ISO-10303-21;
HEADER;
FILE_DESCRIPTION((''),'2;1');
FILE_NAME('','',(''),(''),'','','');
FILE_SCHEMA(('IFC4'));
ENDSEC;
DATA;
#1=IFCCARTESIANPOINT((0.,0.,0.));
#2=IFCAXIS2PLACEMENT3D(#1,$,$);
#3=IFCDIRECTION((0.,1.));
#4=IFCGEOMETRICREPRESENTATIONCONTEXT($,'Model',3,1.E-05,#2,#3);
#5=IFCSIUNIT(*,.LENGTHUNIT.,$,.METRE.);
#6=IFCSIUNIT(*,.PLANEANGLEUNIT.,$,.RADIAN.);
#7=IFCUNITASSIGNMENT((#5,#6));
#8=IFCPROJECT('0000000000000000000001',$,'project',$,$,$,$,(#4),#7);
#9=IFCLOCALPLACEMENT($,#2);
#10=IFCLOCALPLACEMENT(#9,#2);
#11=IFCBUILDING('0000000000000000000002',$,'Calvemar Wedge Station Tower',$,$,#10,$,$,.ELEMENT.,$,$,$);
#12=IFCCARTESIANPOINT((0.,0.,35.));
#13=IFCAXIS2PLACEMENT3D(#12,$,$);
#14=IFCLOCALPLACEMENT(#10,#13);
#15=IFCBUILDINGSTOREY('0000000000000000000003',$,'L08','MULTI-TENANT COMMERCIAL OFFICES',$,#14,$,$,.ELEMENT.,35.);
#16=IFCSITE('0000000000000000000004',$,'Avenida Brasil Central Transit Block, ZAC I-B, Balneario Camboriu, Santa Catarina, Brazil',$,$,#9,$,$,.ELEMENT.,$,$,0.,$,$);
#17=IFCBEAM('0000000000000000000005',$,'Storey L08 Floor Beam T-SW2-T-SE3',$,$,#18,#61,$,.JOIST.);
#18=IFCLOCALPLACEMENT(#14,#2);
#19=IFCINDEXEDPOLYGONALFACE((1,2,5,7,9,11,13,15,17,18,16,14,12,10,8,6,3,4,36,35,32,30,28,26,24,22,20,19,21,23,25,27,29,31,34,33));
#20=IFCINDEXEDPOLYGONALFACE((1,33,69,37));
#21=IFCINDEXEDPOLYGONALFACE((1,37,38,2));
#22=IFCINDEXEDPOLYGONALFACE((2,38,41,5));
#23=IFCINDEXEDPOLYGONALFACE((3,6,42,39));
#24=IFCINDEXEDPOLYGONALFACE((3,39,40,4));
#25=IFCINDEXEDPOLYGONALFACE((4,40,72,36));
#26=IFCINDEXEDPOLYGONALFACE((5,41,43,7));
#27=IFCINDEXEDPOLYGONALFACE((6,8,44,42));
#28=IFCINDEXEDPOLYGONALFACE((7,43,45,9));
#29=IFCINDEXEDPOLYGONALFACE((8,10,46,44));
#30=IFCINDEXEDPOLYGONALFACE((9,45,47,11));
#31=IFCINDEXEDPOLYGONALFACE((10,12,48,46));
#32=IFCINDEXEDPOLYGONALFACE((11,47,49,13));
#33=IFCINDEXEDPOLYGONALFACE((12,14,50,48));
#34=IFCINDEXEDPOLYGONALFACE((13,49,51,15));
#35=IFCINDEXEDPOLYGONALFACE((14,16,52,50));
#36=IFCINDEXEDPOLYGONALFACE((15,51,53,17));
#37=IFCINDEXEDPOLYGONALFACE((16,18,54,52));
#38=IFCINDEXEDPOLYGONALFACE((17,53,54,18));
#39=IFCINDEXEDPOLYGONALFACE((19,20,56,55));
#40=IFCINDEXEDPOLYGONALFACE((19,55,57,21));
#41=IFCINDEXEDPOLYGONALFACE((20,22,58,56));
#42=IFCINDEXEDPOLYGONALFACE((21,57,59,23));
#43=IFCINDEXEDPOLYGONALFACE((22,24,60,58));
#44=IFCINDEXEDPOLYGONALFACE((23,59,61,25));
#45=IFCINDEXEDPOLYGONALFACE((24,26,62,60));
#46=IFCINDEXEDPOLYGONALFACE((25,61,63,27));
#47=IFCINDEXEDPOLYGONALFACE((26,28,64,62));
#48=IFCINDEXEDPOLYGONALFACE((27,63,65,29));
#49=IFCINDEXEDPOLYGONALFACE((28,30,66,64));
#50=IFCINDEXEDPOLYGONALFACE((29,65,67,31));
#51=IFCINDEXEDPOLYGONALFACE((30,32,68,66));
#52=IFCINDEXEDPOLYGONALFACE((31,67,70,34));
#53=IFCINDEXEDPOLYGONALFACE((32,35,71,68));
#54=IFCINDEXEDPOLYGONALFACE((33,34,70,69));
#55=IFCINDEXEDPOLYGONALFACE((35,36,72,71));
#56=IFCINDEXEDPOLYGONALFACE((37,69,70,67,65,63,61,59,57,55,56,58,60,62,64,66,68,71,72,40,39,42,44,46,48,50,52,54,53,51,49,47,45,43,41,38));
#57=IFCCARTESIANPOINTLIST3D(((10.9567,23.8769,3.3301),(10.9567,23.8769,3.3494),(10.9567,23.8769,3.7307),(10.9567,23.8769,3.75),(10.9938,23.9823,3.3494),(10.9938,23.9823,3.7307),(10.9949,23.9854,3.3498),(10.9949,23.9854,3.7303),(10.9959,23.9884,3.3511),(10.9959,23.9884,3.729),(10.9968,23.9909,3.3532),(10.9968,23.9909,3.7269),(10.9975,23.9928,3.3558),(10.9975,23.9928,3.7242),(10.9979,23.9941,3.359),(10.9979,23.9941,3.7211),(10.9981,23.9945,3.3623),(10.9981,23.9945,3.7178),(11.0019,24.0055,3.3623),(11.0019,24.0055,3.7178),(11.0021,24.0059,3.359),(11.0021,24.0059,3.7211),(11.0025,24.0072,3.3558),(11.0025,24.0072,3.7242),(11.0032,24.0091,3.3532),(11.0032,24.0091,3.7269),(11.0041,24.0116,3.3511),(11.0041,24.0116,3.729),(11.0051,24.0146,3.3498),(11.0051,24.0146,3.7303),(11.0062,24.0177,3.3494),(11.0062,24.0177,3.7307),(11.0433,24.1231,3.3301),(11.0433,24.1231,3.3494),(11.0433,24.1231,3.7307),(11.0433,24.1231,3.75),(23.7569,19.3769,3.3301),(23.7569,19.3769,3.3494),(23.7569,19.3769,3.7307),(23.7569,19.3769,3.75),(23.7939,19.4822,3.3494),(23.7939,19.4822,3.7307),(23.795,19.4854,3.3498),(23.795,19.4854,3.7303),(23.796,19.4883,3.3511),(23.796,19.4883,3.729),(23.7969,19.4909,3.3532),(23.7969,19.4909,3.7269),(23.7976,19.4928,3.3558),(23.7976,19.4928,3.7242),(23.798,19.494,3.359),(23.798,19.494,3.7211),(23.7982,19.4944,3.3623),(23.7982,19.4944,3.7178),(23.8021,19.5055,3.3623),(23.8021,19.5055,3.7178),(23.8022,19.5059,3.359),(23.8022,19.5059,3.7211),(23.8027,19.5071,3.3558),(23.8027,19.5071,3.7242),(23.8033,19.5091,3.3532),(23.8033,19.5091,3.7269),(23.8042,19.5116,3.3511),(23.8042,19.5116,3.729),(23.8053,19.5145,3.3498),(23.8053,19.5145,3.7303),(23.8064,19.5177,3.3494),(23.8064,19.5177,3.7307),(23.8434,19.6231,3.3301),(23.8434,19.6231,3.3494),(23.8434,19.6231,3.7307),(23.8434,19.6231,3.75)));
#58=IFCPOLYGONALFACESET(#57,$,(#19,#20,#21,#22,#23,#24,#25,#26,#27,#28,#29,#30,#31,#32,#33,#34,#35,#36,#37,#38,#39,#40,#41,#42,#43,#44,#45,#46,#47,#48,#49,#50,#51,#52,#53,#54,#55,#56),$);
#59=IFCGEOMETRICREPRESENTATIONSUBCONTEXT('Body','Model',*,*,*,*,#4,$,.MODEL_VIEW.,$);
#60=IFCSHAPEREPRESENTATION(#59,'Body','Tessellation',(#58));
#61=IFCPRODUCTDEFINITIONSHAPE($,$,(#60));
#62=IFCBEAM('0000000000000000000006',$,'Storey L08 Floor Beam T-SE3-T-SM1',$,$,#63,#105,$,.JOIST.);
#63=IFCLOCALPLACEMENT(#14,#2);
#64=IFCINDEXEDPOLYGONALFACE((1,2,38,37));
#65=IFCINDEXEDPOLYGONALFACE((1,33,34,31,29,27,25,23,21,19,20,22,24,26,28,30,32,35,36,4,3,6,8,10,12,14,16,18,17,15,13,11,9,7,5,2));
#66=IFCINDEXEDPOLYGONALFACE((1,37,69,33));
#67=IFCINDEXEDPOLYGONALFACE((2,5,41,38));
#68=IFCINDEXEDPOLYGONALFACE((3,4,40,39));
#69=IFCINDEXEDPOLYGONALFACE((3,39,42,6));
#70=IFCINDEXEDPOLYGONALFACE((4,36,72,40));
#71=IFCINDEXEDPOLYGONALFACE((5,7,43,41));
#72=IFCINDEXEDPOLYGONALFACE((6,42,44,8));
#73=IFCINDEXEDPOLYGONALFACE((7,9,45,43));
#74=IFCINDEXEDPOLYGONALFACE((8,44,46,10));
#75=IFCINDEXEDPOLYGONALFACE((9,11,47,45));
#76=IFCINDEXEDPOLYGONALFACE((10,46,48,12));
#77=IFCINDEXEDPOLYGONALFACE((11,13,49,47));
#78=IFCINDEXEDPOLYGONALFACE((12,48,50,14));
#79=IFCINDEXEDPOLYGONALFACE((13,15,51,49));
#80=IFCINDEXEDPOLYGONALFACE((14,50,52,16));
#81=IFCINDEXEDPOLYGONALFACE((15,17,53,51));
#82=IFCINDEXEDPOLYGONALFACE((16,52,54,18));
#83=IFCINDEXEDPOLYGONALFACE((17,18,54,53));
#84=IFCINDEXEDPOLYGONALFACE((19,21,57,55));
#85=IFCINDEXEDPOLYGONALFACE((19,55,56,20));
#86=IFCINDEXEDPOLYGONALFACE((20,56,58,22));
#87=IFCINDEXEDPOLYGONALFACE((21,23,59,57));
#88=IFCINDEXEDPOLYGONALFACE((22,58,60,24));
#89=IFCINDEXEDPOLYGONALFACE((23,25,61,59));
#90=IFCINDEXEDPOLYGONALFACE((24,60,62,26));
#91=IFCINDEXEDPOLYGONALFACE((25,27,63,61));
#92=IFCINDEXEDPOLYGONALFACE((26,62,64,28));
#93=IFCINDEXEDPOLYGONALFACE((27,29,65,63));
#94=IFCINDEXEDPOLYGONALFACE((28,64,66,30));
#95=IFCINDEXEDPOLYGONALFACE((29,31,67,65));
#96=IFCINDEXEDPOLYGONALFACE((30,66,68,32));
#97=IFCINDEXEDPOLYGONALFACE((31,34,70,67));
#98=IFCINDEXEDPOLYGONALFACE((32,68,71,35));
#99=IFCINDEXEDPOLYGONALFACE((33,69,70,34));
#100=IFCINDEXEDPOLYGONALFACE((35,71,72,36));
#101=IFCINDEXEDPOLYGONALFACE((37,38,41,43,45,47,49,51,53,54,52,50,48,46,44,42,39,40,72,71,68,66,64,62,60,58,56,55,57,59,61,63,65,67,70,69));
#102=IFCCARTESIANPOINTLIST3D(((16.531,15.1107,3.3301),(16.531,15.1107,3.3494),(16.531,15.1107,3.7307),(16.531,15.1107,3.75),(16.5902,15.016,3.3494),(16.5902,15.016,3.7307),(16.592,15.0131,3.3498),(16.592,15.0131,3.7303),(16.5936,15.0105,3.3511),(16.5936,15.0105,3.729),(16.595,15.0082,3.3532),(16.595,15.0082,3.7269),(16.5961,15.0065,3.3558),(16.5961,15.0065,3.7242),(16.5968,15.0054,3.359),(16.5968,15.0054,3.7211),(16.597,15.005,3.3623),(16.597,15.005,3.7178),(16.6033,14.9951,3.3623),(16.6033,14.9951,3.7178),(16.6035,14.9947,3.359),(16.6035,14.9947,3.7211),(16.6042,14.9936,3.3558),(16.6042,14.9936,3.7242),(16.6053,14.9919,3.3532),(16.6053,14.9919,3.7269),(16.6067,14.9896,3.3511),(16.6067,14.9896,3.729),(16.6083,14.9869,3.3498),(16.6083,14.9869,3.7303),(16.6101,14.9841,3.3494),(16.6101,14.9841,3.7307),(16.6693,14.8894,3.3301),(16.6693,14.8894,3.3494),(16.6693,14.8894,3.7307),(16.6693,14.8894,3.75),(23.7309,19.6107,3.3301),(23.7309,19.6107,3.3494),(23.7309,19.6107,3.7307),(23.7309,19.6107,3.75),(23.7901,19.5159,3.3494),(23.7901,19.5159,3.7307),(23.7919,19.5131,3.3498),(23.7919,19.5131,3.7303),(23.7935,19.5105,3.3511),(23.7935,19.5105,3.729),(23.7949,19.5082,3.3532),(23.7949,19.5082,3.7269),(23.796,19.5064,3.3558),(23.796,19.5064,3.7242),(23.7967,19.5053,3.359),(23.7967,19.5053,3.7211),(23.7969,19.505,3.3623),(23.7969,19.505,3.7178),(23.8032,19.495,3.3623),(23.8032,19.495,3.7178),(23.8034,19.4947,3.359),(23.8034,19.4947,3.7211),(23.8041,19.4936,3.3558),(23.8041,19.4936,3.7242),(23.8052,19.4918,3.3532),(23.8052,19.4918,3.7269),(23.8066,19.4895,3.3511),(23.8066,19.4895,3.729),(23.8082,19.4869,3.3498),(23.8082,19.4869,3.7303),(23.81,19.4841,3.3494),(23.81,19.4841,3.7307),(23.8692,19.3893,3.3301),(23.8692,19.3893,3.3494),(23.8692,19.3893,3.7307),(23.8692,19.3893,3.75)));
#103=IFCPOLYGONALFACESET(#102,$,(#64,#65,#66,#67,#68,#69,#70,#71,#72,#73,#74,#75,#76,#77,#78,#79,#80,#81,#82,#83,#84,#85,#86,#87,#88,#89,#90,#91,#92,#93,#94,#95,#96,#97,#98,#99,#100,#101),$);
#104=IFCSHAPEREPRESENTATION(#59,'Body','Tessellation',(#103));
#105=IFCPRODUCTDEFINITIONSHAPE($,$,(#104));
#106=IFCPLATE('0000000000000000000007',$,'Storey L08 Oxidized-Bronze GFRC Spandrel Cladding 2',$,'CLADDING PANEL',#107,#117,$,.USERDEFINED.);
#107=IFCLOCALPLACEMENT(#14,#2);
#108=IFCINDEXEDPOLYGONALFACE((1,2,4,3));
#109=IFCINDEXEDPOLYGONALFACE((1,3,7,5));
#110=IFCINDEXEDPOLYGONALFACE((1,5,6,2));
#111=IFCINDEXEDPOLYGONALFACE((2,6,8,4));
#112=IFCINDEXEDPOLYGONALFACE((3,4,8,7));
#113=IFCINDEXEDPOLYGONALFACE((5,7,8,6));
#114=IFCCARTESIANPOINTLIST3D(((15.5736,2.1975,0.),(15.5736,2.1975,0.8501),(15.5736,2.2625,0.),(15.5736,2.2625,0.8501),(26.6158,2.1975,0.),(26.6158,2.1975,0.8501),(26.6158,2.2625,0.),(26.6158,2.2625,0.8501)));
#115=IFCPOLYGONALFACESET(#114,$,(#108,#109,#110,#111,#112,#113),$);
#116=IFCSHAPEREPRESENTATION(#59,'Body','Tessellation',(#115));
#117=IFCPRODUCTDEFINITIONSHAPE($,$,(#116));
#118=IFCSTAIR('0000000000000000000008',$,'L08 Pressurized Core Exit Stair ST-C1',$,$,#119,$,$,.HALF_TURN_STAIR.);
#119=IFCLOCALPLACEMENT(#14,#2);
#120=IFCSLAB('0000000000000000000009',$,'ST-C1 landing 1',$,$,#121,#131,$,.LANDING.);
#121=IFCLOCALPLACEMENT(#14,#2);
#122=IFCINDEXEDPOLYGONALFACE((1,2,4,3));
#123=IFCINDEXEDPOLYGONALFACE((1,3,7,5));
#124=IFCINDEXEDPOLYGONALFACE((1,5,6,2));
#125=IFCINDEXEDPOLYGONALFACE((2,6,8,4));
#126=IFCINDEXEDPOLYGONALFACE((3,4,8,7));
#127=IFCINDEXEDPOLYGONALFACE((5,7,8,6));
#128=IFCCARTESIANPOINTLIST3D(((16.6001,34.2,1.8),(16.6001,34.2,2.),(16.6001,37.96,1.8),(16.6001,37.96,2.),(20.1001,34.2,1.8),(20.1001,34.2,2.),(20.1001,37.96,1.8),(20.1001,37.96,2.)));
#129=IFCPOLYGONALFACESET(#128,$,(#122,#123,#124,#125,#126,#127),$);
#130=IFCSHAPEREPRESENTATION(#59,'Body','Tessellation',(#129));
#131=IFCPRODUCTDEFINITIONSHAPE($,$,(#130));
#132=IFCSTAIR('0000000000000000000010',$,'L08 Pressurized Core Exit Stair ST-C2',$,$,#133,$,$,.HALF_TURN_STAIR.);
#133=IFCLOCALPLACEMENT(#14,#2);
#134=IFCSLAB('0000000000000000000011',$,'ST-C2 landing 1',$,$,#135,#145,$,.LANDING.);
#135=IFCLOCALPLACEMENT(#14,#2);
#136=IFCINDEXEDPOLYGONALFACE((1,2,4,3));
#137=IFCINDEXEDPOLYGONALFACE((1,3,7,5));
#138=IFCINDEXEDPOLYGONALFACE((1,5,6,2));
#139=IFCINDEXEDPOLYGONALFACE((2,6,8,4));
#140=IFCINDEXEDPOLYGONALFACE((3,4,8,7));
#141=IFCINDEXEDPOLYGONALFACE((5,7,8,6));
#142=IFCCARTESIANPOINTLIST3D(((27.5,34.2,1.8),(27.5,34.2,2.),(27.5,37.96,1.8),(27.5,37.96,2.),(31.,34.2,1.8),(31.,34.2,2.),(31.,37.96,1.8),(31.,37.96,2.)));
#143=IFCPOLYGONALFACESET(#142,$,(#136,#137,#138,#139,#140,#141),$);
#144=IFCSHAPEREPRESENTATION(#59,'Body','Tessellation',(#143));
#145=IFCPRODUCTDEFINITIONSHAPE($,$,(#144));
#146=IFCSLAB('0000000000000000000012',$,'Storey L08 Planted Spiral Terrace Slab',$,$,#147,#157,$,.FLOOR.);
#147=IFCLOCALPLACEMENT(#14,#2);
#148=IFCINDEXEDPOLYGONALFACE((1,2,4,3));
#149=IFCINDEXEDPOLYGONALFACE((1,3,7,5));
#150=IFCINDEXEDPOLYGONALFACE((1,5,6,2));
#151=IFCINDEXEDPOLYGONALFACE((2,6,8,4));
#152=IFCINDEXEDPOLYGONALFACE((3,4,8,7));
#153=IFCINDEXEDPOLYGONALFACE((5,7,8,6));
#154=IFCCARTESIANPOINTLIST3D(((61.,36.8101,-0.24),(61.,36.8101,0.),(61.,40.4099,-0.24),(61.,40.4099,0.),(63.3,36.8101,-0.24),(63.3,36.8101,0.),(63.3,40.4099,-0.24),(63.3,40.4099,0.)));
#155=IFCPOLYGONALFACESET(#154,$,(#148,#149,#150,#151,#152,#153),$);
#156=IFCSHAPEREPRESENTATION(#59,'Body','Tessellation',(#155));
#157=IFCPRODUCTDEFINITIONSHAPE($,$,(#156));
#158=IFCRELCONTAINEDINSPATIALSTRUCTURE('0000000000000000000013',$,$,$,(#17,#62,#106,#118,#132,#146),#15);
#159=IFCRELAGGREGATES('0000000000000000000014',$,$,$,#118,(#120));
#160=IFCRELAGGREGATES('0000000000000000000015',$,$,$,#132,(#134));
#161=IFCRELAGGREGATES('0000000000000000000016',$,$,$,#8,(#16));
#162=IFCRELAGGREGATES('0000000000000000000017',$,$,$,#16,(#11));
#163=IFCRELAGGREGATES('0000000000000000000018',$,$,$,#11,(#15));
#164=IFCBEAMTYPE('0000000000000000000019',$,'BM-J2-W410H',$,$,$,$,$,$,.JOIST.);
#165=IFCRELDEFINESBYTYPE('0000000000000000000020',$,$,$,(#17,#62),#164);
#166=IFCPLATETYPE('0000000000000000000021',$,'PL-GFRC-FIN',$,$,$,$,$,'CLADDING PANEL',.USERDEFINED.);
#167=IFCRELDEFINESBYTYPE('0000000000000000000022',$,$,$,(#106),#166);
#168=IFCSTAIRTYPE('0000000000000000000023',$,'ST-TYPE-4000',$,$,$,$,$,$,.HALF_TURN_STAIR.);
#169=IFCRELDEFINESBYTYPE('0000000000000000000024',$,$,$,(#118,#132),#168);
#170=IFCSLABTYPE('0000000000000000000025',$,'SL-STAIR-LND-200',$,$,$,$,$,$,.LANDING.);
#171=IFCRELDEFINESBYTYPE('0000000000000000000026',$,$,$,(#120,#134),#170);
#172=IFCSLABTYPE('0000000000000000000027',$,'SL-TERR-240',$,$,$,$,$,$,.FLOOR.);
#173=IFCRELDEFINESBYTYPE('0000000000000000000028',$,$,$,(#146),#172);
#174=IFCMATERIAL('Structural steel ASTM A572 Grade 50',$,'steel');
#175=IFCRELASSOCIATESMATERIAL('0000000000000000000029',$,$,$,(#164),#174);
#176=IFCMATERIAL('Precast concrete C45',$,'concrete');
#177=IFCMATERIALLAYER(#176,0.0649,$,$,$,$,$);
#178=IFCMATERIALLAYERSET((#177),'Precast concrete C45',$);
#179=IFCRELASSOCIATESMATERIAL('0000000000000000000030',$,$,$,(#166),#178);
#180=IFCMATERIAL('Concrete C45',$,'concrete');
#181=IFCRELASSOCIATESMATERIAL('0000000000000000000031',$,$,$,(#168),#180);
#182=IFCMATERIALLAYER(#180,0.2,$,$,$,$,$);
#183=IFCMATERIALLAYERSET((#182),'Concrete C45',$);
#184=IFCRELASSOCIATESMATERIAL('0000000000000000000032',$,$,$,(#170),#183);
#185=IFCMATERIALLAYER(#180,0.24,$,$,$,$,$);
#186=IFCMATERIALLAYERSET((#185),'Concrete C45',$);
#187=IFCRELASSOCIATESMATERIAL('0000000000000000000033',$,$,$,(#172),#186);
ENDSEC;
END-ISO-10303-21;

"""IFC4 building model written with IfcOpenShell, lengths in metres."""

from ifc_helpers import new_model, si_unit, direction, frame, frame_2d, origin, origin_2d, place, context, subcontext, project, spatial, polyline, rectangle, i_section, outline, extrude, source, transform, mapped, material, layer, layer_set, material_profile, profile_set, type_object, element, aggregate, save


model = new_model("IFC4")

# Units and contexts
model_context = context("Model", 3, precision=1e-05, world=origin(), true_north=direction((0.0, 1.0)))
body_context = subcontext(model_context, "Body", "Model", "MODEL_VIEW")
ifc_project = project(units=[si_unit("LENGTHUNIT", "METRE"), si_unit("PLANEANGLEUNIT", "RADIAN")], contexts=[model_context])

# Site, building, storey
site_placement = place(None, origin())
site = spatial("IfcSite", under=ifc_project, at=site_placement, Name="Avenida Brasil Central Transit Block, ZAC I-B, Balneario Camboriu, Santa Catarina, Brazil", CompositionType="ELEMENT", RefElevation=0.0)
building_placement = place(site_placement, origin())
building = spatial("IfcBuilding", under=site, at=building_placement, Name="Calvemar Wedge Station Tower", CompositionType="ELEMENT")
storey_placement = place(building_placement, frame((0.0, 0.0, 35.0)))
storey = spatial("IfcBuildingStorey", under=building, at=storey_placement, Name="L08", Description="MULTI-TENANT COMMERCIAL OFFICES", CompositionType="ELEMENT", Elevation=35.0)

# Beams
ifc_material_1 = material(Name="Structural steel ASTM A572 Grade 50", Category="steel")
ifc_material_profile_1 = material_profile(ifc_material_1, i_section(OverallWidth=0.261, OverallDepth=0.4199, WebThickness=0.0117, FlangeThickness=0.0193, FilletRadius=0.0129, at=origin_2d()), Name="W410x114")
ifc_profile_set_1 = profile_set([ifc_material_profile_1], Name="Structural steel ASTM A572 Grade 50")
beam_type_1 = type_object("IfcBeamType", Name="BM-J2-W410H", PredefinedType="JOIST", material=ifc_profile_set_1)
shared_shape_1 = source(origin(), body_context, "Body", "SweptSolid", [
    extrude(i_section(OverallWidth=0.261, OverallDepth=0.4199, WebThickness=0.0117, FlangeThickness=0.0193, FilletRadius=0.0129, at=origin_2d()), origin(), (0.0, 0.0, 1.0), 13.5681),
])
beam_1_placement = place(storey_placement, frame((11.0, 24.0, 3.54), z_axis=(0.943398, -0.331662, 0.0), x_axis=(0.331662, 0.943398, 0.0)))
element("IfcBeam", 1, at=beam_1_placement, inside=storey, type_object=beam_type_1, Name="Storey L08 Floor Beam T-SW2-T-SE3", PredefinedType="JOIST", context=body_context, shape_type="MappedRepresentation", body=[
    mapped(shared_shape_1, transform((0.0, 0.0, 0.0), scale=1.0)),
])
shared_shape_2 = source(origin(), body_context, "Body", "SweptSolid", [
    extrude(i_section(OverallWidth=0.261, OverallDepth=0.4199, WebThickness=0.0117, FlangeThickness=0.0193, FilletRadius=0.0129, at=origin_2d()), origin(), (0.0, 0.0, 1.0), 8.4905),
])
beam_2_placement = place(storey_placement, frame((23.8, 19.5, 3.54), z_axis=(-0.847997, -0.530002, 0.0), x_axis=(0.530002, -0.847997, 0.0)))
element("IfcBeam", 2, at=beam_2_placement, inside=storey, type_object=beam_type_1, Name="Storey L08 Floor Beam T-SE3-T-SM1", PredefinedType="JOIST", context=body_context, shape_type="MappedRepresentation", body=[
    mapped(shared_shape_2, transform((0.0, 0.0, 0.0), scale=1.0)),
])

# Plate
ifc_material_2 = material(Name="Precast concrete C45", Category="concrete")
ifc_layer_1 = layer(ifc_material_2, 0.0649)
ifc_layer_set_1 = layer_set([ifc_layer_1], Name="Precast concrete C45")
plate_type = type_object("IfcPlateType", Name="PL-GFRC-FIN", ElementType="CLADDING PANEL", PredefinedType="USERDEFINED", material=ifc_layer_set_1)
plate_placement = place(storey_placement, frame((15.5737, 2.23, 0.0), z_axis=(0.0, 0.0, 1.0), x_axis=(1.0, 0.0, 0.0)))
element("IfcPlate", 3, at=plate_placement, inside=storey, type_object=plate_type, Name="Storey L08 Oxidized-Bronze GFRC Spandrel Cladding 2", ObjectType="CLADDING PANEL", PredefinedType="USERDEFINED", context=body_context, shape_type="SweptSolid", body=[
    extrude(rectangle(XDim=11.0422, YDim=0.0649, at=frame_2d((5.521, 0.0))), origin(), (0.0, 0.0, 1.0), 0.8501),
])

# Stairs, slabs
ifc_material_3 = material(Name="Concrete C45", Category="concrete")
stair_type = type_object("IfcStairType", Name="ST-TYPE-4000", PredefinedType="HALF_TURN_STAIR", material=ifc_material_3)
stair_1_placement = place(storey_placement, origin())
stair_1 = element("IfcStair", 4, at=stair_1_placement, inside=storey, type_object=stair_type, Name="L08 Pressurized Core Exit Stair ST-C1", PredefinedType="HALF_TURN_STAIR")
ifc_layer_2 = layer(ifc_material_3, 0.2)
ifc_layer_set_2 = layer_set([ifc_layer_2], Name="Concrete C45")
slab_type_1 = type_object("IfcSlabType", Name="SL-STAIR-LND-200", PredefinedType="LANDING", material=ifc_layer_set_2)
slab_1_placement = place(storey_placement, frame((0.0, 0.0, 1.8)))
slab_1 = element("IfcSlab", 5, at=slab_1_placement, type_object=slab_type_1, Name="ST-C1 landing 1", PredefinedType="LANDING", context=body_context, shape_type="SweptSolid", body=[
    extrude(outline(polyline([(16.6001, 37.96), (16.6001, 34.2), (20.1001, 34.2), (20.1001, 37.96), (16.6001, 37.96)])), origin(), (0.0, 0.0, 1.0), 0.2),
])
aggregate(stair_1, [slab_1])
stair_2_placement = place(storey_placement, origin())
stair_2 = element("IfcStair", 6, at=stair_2_placement, inside=storey, type_object=stair_type, Name="L08 Pressurized Core Exit Stair ST-C2", PredefinedType="HALF_TURN_STAIR")
slab_2_placement = place(storey_placement, frame((0.0, 0.0, 1.8)))
slab_2 = element("IfcSlab", 7, at=slab_2_placement, type_object=slab_type_1, Name="ST-C2 landing 1", PredefinedType="LANDING", context=body_context, shape_type="SweptSolid", body=[
    extrude(outline(polyline([(27.5, 37.96), (27.5, 34.2), (31.0, 34.2), (31.0, 37.96), (27.5, 37.96)])), origin(), (0.0, 0.0, 1.0), 0.2),
])
aggregate(stair_2, [slab_2])

# Slab
ifc_layer_3 = layer(ifc_material_3, 0.24)
ifc_layer_set_3 = layer_set([ifc_layer_3], Name="Concrete C45")
slab_type_2 = type_object("IfcSlabType", Name="SL-TERR-240", PredefinedType="FLOOR", material=ifc_layer_set_3)
slab_3_placement = place(storey_placement, frame((0.0, 0.0, -0.24)))
element("IfcSlab", 8, at=slab_3_placement, inside=storey, type_object=slab_type_2, Name="Storey L08 Planted Spiral Terrace Slab", PredefinedType="FLOOR", context=body_context, shape_type="SweptSolid", body=[
    extrude(outline(polyline([(61.0, 36.8101), (63.3, 36.8101), (63.3, 40.4099), (61.0, 40.4099), (61.0, 36.8101)])), origin(), (0.0, 0.0, 1.0), 0.24),
])

save(model, "model.ifc")
